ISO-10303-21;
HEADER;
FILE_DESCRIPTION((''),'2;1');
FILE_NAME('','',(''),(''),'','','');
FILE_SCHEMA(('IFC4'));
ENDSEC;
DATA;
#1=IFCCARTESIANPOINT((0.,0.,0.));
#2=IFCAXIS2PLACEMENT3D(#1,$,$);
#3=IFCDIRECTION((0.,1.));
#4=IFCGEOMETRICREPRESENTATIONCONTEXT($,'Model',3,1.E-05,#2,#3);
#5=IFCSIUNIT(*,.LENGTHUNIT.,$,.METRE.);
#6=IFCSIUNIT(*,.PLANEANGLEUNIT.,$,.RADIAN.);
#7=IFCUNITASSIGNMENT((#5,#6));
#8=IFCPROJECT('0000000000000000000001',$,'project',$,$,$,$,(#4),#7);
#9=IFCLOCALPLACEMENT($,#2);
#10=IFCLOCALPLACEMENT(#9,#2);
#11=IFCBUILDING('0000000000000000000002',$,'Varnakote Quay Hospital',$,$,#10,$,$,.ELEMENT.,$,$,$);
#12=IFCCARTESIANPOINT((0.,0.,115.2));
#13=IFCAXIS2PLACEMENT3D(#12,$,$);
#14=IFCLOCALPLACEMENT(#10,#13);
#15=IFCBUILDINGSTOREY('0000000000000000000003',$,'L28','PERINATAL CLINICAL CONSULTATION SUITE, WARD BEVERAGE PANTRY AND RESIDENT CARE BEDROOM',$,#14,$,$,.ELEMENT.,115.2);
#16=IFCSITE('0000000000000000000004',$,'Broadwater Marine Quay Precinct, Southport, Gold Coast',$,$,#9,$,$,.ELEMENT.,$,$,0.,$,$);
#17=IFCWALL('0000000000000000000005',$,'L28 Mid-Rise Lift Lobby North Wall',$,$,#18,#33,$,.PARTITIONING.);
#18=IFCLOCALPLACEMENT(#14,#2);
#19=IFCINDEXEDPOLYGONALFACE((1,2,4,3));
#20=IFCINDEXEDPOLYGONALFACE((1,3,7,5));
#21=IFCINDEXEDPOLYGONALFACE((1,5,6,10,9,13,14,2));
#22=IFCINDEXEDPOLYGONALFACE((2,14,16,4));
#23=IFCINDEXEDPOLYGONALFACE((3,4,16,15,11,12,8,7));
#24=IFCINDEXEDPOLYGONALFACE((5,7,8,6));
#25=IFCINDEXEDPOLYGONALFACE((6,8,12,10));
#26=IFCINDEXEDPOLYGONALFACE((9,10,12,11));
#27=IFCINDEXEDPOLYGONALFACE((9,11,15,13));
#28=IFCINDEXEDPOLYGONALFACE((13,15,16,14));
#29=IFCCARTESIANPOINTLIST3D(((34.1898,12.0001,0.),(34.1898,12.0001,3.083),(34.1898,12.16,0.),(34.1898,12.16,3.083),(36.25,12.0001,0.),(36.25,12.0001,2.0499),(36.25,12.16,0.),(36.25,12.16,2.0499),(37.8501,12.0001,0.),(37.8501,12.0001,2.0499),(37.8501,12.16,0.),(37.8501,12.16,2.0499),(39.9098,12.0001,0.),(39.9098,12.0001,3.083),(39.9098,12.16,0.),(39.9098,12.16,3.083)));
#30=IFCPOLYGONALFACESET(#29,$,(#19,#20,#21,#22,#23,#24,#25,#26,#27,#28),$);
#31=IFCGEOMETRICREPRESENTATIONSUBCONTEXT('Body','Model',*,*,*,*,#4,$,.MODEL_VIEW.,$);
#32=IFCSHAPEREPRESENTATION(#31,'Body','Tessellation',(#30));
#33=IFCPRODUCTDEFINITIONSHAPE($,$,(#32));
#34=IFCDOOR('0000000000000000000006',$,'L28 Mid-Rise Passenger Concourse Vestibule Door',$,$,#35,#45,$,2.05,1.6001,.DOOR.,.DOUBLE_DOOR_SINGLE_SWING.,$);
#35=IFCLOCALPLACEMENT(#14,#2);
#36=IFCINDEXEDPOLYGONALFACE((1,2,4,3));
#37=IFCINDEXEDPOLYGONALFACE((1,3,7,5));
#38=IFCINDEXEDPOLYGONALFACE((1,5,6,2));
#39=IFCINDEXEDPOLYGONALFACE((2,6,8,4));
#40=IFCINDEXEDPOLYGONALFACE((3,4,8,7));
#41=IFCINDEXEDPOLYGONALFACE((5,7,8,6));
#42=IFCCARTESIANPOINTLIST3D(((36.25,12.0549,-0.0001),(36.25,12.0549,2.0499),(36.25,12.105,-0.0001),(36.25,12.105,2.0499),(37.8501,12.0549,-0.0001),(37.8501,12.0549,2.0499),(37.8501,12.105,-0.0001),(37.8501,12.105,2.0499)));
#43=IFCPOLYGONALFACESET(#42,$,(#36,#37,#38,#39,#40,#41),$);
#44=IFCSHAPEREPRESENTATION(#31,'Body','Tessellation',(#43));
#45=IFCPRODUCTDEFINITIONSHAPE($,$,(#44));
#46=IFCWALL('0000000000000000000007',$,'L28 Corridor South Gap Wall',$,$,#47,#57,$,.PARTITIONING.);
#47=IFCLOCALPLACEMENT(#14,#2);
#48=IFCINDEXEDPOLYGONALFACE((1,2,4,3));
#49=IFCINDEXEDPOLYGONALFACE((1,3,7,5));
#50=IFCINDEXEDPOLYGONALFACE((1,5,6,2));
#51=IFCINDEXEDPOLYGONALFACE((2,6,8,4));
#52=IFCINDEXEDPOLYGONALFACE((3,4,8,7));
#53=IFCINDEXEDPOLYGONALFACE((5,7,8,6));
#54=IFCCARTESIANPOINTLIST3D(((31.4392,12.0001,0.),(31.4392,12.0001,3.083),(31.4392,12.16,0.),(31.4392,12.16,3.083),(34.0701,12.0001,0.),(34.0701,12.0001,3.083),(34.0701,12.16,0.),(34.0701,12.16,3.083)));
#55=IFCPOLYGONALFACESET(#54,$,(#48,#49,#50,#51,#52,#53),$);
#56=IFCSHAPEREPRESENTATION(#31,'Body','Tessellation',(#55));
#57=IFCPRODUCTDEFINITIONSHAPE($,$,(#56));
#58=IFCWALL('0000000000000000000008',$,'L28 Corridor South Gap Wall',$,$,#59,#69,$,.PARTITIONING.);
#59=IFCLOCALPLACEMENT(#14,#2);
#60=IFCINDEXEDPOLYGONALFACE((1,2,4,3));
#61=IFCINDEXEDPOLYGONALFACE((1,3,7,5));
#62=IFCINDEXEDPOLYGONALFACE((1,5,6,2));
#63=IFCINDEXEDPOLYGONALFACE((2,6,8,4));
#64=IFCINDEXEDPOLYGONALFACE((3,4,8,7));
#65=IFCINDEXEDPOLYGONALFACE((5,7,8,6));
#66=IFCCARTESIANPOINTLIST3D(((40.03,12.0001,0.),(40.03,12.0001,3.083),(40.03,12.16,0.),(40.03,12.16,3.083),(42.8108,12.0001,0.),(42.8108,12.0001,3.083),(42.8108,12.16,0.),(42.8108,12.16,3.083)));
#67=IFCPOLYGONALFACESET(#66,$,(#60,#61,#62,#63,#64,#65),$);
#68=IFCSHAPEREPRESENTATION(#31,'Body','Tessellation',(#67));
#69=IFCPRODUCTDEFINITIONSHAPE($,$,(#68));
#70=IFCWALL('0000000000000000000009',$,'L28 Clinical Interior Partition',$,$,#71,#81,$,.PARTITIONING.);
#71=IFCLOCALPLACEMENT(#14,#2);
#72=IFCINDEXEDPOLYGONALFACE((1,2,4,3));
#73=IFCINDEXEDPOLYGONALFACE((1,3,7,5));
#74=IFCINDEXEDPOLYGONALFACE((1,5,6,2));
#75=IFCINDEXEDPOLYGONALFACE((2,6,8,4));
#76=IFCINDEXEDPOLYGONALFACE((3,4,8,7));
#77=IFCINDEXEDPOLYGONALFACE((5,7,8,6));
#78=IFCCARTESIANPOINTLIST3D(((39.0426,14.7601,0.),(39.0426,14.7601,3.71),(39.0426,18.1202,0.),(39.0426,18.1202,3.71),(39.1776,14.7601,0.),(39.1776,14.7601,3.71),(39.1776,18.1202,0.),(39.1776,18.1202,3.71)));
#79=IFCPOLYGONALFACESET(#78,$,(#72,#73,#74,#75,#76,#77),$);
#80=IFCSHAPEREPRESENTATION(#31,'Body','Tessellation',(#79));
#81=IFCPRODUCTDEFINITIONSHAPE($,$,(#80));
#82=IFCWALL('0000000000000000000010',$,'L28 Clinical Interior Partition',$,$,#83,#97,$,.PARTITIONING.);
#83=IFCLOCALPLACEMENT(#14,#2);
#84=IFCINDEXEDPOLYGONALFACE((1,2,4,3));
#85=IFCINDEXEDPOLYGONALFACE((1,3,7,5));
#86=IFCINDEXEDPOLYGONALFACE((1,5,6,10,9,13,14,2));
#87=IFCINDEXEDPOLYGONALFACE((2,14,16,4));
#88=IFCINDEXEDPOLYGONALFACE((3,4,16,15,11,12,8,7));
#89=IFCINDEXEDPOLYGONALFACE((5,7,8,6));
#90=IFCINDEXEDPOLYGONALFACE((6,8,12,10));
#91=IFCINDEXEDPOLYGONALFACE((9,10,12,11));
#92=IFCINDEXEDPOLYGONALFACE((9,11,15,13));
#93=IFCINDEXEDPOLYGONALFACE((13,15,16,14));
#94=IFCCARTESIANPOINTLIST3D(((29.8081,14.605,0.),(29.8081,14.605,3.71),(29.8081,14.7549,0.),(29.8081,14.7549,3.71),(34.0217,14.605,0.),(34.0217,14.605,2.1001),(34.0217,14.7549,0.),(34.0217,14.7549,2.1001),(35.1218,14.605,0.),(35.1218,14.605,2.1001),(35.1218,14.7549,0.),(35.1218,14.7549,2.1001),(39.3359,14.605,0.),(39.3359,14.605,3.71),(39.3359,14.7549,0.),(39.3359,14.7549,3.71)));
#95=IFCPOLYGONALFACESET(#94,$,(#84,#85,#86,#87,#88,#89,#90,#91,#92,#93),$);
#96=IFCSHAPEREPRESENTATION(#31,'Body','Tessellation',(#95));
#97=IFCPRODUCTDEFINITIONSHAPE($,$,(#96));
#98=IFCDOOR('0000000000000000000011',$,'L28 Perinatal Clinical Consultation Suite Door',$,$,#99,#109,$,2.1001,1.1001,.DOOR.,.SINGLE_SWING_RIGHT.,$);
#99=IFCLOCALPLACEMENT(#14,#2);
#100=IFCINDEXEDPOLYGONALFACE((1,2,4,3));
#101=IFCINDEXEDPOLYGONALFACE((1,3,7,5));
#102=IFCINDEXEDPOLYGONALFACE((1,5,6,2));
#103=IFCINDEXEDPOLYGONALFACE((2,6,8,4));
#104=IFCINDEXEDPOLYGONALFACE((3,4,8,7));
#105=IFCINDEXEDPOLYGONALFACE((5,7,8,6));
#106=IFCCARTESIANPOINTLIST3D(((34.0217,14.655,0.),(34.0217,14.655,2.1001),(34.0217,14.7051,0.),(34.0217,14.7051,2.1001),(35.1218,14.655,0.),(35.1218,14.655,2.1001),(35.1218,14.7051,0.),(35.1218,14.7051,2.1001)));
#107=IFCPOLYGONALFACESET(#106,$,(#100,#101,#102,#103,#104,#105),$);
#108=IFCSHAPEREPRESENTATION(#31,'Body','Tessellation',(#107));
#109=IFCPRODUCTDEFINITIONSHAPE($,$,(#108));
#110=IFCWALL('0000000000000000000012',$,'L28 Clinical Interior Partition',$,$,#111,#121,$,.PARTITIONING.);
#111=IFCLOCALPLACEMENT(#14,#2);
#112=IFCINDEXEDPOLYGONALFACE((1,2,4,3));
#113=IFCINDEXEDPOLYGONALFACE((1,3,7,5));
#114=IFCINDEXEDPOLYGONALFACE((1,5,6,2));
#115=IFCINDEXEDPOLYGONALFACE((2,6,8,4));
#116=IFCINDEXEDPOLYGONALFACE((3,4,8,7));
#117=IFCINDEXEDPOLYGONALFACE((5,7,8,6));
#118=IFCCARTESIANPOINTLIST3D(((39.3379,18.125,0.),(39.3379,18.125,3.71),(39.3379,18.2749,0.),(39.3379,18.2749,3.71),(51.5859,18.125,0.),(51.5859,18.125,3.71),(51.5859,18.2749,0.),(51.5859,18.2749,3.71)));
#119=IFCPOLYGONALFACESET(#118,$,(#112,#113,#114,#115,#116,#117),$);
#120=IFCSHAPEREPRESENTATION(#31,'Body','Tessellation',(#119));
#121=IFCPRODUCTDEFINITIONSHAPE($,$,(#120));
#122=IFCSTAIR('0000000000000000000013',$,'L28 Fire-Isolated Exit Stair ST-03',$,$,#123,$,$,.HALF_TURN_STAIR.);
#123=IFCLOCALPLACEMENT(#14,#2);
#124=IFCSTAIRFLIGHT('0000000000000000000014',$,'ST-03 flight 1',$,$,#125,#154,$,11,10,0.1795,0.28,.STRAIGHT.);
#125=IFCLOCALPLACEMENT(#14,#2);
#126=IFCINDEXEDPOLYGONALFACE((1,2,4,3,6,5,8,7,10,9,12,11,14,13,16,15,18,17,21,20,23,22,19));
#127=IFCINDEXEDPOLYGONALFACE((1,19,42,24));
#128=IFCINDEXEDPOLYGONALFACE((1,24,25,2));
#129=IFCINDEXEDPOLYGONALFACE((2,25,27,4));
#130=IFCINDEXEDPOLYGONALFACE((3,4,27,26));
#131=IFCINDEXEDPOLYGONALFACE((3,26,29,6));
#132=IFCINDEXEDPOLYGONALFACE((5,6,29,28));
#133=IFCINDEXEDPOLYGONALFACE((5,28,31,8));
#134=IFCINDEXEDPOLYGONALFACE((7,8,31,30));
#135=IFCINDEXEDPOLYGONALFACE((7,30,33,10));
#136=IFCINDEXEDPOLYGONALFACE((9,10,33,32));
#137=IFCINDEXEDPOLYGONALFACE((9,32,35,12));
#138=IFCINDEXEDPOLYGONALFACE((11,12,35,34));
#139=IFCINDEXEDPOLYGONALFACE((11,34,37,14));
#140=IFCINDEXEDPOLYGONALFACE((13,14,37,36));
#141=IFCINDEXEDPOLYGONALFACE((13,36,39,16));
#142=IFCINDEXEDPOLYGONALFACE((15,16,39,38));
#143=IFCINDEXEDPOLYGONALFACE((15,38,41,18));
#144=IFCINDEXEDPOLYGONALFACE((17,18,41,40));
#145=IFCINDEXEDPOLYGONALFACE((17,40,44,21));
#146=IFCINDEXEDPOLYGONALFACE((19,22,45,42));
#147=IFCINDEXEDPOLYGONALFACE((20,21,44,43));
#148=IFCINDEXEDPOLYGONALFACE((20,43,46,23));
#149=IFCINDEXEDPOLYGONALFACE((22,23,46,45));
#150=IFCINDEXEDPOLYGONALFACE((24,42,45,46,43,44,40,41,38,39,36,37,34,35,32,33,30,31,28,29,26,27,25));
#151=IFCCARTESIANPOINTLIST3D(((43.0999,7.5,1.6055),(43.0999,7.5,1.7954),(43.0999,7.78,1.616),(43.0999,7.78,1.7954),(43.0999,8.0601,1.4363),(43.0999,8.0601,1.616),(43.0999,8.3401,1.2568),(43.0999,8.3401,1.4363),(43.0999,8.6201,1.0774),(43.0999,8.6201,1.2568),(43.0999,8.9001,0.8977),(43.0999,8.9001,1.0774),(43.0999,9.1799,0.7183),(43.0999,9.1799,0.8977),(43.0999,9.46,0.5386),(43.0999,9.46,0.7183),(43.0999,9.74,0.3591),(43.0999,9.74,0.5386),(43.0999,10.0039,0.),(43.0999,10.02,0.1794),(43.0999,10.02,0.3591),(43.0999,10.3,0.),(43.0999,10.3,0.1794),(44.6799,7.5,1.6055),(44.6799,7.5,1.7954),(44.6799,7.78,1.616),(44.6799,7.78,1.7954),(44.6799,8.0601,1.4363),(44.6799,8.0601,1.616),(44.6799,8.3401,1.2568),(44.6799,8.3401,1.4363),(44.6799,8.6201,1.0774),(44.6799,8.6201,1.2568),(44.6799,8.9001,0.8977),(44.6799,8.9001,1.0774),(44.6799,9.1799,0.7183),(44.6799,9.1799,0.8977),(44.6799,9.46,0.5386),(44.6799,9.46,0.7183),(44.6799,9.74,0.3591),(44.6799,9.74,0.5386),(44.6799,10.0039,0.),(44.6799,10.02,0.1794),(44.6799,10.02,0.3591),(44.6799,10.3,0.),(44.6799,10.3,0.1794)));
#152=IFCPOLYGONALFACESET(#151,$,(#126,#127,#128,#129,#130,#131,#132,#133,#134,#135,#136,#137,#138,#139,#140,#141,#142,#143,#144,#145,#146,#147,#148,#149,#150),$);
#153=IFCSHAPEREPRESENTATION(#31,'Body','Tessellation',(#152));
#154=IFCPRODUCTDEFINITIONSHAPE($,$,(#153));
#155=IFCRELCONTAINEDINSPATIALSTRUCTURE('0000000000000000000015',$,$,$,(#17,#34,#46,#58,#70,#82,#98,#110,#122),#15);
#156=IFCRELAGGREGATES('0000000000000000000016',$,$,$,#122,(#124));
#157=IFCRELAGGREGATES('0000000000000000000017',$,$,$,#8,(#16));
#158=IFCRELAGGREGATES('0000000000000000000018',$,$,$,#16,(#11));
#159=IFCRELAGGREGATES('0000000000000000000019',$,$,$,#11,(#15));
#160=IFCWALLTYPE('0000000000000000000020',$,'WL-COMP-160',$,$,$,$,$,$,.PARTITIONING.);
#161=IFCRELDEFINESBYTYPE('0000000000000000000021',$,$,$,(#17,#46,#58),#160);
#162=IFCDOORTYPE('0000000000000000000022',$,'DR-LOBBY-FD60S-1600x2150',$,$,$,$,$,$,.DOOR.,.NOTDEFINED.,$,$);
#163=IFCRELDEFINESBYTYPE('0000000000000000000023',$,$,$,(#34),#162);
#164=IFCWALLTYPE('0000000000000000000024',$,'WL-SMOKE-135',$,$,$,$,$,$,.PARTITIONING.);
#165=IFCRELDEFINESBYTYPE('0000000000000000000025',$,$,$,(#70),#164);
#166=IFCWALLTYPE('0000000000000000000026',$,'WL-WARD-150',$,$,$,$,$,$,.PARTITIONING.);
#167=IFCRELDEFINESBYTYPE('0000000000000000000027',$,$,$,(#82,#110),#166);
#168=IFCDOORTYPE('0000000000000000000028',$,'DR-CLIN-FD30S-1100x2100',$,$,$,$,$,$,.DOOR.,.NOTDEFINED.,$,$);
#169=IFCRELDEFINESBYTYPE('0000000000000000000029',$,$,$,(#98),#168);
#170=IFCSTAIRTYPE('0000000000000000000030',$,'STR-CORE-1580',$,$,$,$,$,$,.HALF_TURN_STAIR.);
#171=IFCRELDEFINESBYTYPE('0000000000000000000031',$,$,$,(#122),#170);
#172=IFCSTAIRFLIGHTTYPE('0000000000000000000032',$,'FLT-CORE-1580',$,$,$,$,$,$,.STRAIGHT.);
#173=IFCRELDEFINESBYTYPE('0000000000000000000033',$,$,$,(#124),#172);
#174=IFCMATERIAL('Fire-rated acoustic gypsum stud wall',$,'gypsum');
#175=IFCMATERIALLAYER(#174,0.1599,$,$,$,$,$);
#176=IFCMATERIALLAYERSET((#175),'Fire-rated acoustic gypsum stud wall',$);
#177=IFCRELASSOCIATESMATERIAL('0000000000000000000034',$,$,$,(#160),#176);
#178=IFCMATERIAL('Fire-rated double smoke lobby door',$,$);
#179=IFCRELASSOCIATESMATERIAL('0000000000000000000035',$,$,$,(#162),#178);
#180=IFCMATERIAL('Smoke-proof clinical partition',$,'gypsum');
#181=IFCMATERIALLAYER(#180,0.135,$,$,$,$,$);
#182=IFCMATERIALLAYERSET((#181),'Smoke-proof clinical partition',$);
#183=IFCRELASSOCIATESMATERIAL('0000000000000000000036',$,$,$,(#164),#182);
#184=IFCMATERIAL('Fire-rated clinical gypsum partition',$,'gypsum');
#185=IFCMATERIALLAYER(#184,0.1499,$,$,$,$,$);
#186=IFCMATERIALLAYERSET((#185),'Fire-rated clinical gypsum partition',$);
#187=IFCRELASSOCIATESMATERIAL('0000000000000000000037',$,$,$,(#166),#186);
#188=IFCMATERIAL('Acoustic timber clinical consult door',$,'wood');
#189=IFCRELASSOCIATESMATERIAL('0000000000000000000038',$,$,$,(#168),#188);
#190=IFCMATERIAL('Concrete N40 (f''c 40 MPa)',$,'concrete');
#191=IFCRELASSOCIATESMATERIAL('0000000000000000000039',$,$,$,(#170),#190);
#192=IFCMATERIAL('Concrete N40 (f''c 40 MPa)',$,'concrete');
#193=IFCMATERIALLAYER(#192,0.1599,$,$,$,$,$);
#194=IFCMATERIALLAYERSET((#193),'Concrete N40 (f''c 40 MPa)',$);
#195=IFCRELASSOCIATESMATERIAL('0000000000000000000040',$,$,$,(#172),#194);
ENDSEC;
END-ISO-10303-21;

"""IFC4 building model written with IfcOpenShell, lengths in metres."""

from ifc_helpers import new_model, si_unit, direction, frame, frame_2d, origin, place, context, subcontext, project, spatial, polyline, rectangle, outline, extrude, material, layer, layer_set, type_object, element, fill, aggregate, save


model = new_model("IFC4")

# Units and contexts
model_context = context("Model", 3, precision=1e-05, world=origin(), true_north=direction((0.0, 1.0)))
body_context = subcontext(model_context, "Body", "Model", "MODEL_VIEW")
ifc_project = project(units=[si_unit("LENGTHUNIT", "METRE"), si_unit("PLANEANGLEUNIT", "RADIAN")], contexts=[model_context])

# Site, building, storey
site_placement = place(None, origin())
site = spatial("IfcSite", under=ifc_project, at=site_placement, Name="Broadwater Marine Quay Precinct, Southport, Gold Coast", CompositionType="ELEMENT", RefElevation=0.0)
building_placement = place(site_placement, origin())
building = spatial("IfcBuilding", under=site, at=building_placement, Name="Varnakote Quay Hospital", CompositionType="ELEMENT")
storey_placement = place(building_placement, frame((0.0, 0.0, 115.2)))
storey = spatial("IfcBuildingStorey", under=building, at=storey_placement, Name="L28", Description="PERINATAL CLINICAL CONSULTATION SUITE, WARD BEVERAGE PANTRY AND RESIDENT CARE BEDROOM", CompositionType="ELEMENT", Elevation=115.2)

# Wall, opening, door
ifc_material_1 = material(Name="Fire-rated acoustic gypsum stud wall", Category="gypsum")
ifc_layer_1 = layer(ifc_material_1, 0.1599)
ifc_layer_set_1 = layer_set([ifc_layer_1], Name="Fire-rated acoustic gypsum stud wall")
wall_type_1 = type_object("IfcWallType", Name="WL-COMP-160", PredefinedType="PARTITIONING", material=ifc_layer_set_1)
wall_1_placement = place(storey_placement, frame((34.1899, 12.0801, 0.0), z_axis=(0.0, 0.0, 1.0), x_axis=(1.0, 0.0, 0.0)))
wall_1 = element("IfcWall", 1, at=wall_1_placement, inside=storey, type_object=wall_type_1, Name="L28 Mid-Rise Lift Lobby North Wall", PredefinedType="PARTITIONING", context=body_context, shape_type="SweptSolid", body=[
    extrude(rectangle(XDim=5.72, YDim=0.1599, at=frame_2d((2.8599, 0.0))), origin(), (0.0, 0.0, 1.0), 3.083),
])
opening_1_placement = place(wall_1_placement, frame((2.0601, 0.0, 0.0)))
opening_1 = element("IfcOpeningElement", 2, at=opening_1_placement, cuts=wall_1, PredefinedType="OPENING", context=body_context, shape_type="SweptSolid", body=[
    extrude(rectangle(XDim=1.6001, YDim=2.05, at=frame_2d((0.8, 1.0249))), frame((0.0, 0.0898, 0.0), z_axis=(0.0, -1.0, 0.0), x_axis=(1.0, 0.0, 0.0)), (0.0, 0.0, 1.0), 0.1799),
])
ifc_material_2 = material(Name="Fire-rated double smoke lobby door")
door_type_1 = type_object("IfcDoorType", Name="DR-LOBBY-FD60S-1600x2150", OperationType="NOTDEFINED", PredefinedType="DOOR", material=ifc_material_2)
door_1_placement = place(opening_1_placement, origin())
door_1 = element("IfcDoor", 3, at=door_1_placement, inside=storey, type_object=door_type_1, Name="L28 Mid-Rise Passenger Concourse Vestibule Door", OperationType="DOUBLE_DOOR_SINGLE_SWING", OverallHeight=2.05, OverallWidth=1.6001, PredefinedType="DOOR", context=body_context, shape_type="SweptSolid", body=[
    extrude(rectangle(XDim=1.6001, YDim=2.05, at=frame_2d((0.8, 1.0249))), frame((0.0, 0.0249, 0.0), z_axis=(0.0, -1.0, 0.0), x_axis=(1.0, 0.0, 0.0)), (0.0, 0.0, 1.0), 0.05),
])
fill(opening_1, door_1)

# Walls
wall_2_placement = place(storey_placement, frame((31.4392, 12.0801, 0.0), z_axis=(0.0, 0.0, 1.0), x_axis=(1.0, 0.0, 0.0)))
element("IfcWall", 4, at=wall_2_placement, inside=storey, type_object=wall_type_1, Name="L28 Corridor South Gap Wall", PredefinedType="PARTITIONING", context=body_context, shape_type="SweptSolid", body=[
    extrude(rectangle(XDim=2.6309, YDim=0.1599, at=frame_2d((1.3154, 0.0))), origin(), (0.0, 0.0, 1.0), 3.083),
])
wall_3_placement = place(storey_placement, frame((40.03, 12.0801, 0.0), z_axis=(0.0, 0.0, 1.0), x_axis=(1.0, 0.0, 0.0)))
element("IfcWall", 5, at=wall_3_placement, inside=storey, type_object=wall_type_1, Name="L28 Corridor South Gap Wall", PredefinedType="PARTITIONING", context=body_context, shape_type="SweptSolid", body=[
    extrude(rectangle(XDim=2.7808, YDim=0.1599, at=frame_2d((1.3904, 0.0))), origin(), (0.0, 0.0, 1.0), 3.083),
])

# Wall
ifc_material_3 = material(Name="Smoke-proof clinical partition", Category="gypsum")
ifc_layer_2 = layer(ifc_material_3, 0.135)
ifc_layer_set_2 = layer_set([ifc_layer_2], Name="Smoke-proof clinical partition")
wall_type_2 = type_object("IfcWallType", Name="WL-SMOKE-135", PredefinedType="PARTITIONING", material=ifc_layer_set_2)
wall_4_placement = place(storey_placement, frame((39.1101, 14.76, 0.0), z_axis=(0.0, 0.0, 1.0), x_axis=(0.0, 1.0, 0.0)))
element("IfcWall", 6, at=wall_4_placement, inside=storey, type_object=wall_type_2, Name="L28 Clinical Interior Partition", PredefinedType="PARTITIONING", context=body_context, shape_type="SweptSolid", body=[
    extrude(rectangle(XDim=3.3601, YDim=0.135, at=frame_2d((1.6802, 0.0))), origin(), (0.0, 0.0, 1.0), 3.71),
])

# Wall, opening, door
ifc_material_4 = material(Name="Fire-rated clinical gypsum partition", Category="gypsum")
ifc_layer_3 = layer(ifc_material_4, 0.1499)
ifc_layer_set_3 = layer_set([ifc_layer_3], Name="Fire-rated clinical gypsum partition")
wall_type_3 = type_object("IfcWallType", Name="WL-WARD-150", PredefinedType="PARTITIONING", material=ifc_layer_set_3)
wall_5_placement = place(storey_placement, frame((39.3359, 14.6799, 0.0), z_axis=(0.0, 0.0, 1.0), x_axis=(-1.0, 0.0, 0.0)))
wall_5 = element("IfcWall", 7, at=wall_5_placement, inside=storey, type_object=wall_type_3, Name="L28 Clinical Interior Partition", PredefinedType="PARTITIONING", context=body_context, shape_type="SweptSolid", body=[
    extrude(rectangle(XDim=9.5278, YDim=0.1499, at=frame_2d((4.7639, 0.0))), origin(), (0.0, 0.0, 1.0), 3.71),
])
opening_2_placement = place(wall_5_placement, frame((4.2141, 0.0, 0.0)))
opening_2 = element("IfcOpeningElement", 8, at=opening_2_placement, cuts=wall_5, PredefinedType="OPENING", context=body_context, shape_type="SweptSolid", body=[
    extrude(rectangle(XDim=1.1001, YDim=2.1001, at=frame_2d((0.55, 1.05))), frame((0.0, 0.085, 0.0), z_axis=(0.0, -1.0, 0.0), x_axis=(1.0, 0.0, 0.0)), (0.0, 0.0, 1.0), 0.1699),
])
ifc_material_5 = material(Name="Acoustic timber clinical consult door", Category="wood")
door_type_2 = type_object("IfcDoorType", Name="DR-CLIN-FD30S-1100x2100", OperationType="NOTDEFINED", PredefinedType="DOOR", material=ifc_material_5)
door_2_placement = place(opening_2_placement, origin())
door_2 = element("IfcDoor", 9, at=door_2_placement, inside=storey, type_object=door_type_2, Name="L28 Perinatal Clinical Consultation Suite Door", OperationType="SINGLE_SWING_RIGHT", OverallHeight=2.1001, OverallWidth=1.1001, PredefinedType="DOOR", context=body_context, shape_type="SweptSolid", body=[
    extrude(rectangle(XDim=1.1001, YDim=2.1001, at=frame_2d((0.55, 1.05))), frame((0.0, 0.0249, 0.0), z_axis=(0.0, -1.0, 0.0), x_axis=(1.0, 0.0, 0.0)), (0.0, 0.0, 1.0), 0.05),
])
fill(opening_2, door_2)

# Wall
wall_6_placement = place(storey_placement, frame((39.3379, 18.2, 0.0), z_axis=(0.0, 0.0, 1.0), x_axis=(1.0, 0.0, 0.0)))
element("IfcWall", 10, at=wall_6_placement, inside=storey, type_object=wall_type_3, Name="L28 Clinical Interior Partition", PredefinedType="PARTITIONING", context=body_context, shape_type="SweptSolid", body=[
    extrude(rectangle(XDim=12.248, YDim=0.1499, at=frame_2d((6.124, 0.0))), origin(), (0.0, 0.0, 1.0), 3.71),
])

# Stair, stair flight
ifc_material_6 = material(Name="Concrete N40 (f'c 40 MPa)", Category="concrete")
stair_type = type_object("IfcStairType", Name="STR-CORE-1580", PredefinedType="HALF_TURN_STAIR", material=ifc_material_6)
stair_placement = place(storey_placement, origin())
stair = element("IfcStair", 11, at=stair_placement, inside=storey, type_object=stair_type, Name="L28 Fire-Isolated Exit Stair ST-03", PredefinedType="HALF_TURN_STAIR")
ifc_material_7 = material(Name="Concrete N40 (f'c 40 MPa)", Category="concrete")
ifc_layer_4 = layer(ifc_material_7, 0.1599)
ifc_layer_set_4 = layer_set([ifc_layer_4], Name="Concrete N40 (f'c 40 MPa)")
stair_flight_type = type_object("IfcStairFlightType", Name="FLT-CORE-1580", PredefinedType="STRAIGHT", material=ifc_layer_set_4)
stair_flight_placement = place(storey_placement, frame((43.8899, 10.3, 0.0), z_axis=(0.0, 0.0, 1.0), x_axis=(0.0, -1.0, 0.0)))
stair_flight = element("IfcStairFlight", 12, at=stair_flight_placement, type_object=stair_flight_type, Name="ST-03 flight 1", NumberOfRisers=11, NumberOfTreads=10, PredefinedType="STRAIGHT", RiserHeight=0.1795, TreadLength=0.28, context=body_context, shape_type="SweptSolid", body=[
    extrude(outline(polyline([(0.0, 0.0), (0.0, 0.1794), (0.28, 0.1794), (0.28, 0.3591), (0.5601, 0.3591), (0.5601, 0.5386), (0.8401, 0.5386), (0.8401, 0.7183), (1.1201, 0.7183), (1.1201, 0.8977), (1.3999, 0.8977), (1.3999, 1.0774), (1.6799, 1.0774), (1.6799, 1.2568), (1.96, 1.2568), (1.96, 1.4363), (2.24, 1.4363), (2.24, 1.616), (2.52, 1.616), (2.52, 1.7954), (2.8, 1.7954), (2.8, 1.9751), (2.8, 1.6055), (0.2961, 0.0), (0.0, 0.0)])), frame((0.0, 0.79, 0.0), z_axis=(0.0, -1.0, 0.0), x_axis=(1.0, 0.0, 0.0)), (0.0, 0.0, 1.0), 1.5801),
])
aggregate(stair, [stair_flight])

save(model, "model.ifc")
